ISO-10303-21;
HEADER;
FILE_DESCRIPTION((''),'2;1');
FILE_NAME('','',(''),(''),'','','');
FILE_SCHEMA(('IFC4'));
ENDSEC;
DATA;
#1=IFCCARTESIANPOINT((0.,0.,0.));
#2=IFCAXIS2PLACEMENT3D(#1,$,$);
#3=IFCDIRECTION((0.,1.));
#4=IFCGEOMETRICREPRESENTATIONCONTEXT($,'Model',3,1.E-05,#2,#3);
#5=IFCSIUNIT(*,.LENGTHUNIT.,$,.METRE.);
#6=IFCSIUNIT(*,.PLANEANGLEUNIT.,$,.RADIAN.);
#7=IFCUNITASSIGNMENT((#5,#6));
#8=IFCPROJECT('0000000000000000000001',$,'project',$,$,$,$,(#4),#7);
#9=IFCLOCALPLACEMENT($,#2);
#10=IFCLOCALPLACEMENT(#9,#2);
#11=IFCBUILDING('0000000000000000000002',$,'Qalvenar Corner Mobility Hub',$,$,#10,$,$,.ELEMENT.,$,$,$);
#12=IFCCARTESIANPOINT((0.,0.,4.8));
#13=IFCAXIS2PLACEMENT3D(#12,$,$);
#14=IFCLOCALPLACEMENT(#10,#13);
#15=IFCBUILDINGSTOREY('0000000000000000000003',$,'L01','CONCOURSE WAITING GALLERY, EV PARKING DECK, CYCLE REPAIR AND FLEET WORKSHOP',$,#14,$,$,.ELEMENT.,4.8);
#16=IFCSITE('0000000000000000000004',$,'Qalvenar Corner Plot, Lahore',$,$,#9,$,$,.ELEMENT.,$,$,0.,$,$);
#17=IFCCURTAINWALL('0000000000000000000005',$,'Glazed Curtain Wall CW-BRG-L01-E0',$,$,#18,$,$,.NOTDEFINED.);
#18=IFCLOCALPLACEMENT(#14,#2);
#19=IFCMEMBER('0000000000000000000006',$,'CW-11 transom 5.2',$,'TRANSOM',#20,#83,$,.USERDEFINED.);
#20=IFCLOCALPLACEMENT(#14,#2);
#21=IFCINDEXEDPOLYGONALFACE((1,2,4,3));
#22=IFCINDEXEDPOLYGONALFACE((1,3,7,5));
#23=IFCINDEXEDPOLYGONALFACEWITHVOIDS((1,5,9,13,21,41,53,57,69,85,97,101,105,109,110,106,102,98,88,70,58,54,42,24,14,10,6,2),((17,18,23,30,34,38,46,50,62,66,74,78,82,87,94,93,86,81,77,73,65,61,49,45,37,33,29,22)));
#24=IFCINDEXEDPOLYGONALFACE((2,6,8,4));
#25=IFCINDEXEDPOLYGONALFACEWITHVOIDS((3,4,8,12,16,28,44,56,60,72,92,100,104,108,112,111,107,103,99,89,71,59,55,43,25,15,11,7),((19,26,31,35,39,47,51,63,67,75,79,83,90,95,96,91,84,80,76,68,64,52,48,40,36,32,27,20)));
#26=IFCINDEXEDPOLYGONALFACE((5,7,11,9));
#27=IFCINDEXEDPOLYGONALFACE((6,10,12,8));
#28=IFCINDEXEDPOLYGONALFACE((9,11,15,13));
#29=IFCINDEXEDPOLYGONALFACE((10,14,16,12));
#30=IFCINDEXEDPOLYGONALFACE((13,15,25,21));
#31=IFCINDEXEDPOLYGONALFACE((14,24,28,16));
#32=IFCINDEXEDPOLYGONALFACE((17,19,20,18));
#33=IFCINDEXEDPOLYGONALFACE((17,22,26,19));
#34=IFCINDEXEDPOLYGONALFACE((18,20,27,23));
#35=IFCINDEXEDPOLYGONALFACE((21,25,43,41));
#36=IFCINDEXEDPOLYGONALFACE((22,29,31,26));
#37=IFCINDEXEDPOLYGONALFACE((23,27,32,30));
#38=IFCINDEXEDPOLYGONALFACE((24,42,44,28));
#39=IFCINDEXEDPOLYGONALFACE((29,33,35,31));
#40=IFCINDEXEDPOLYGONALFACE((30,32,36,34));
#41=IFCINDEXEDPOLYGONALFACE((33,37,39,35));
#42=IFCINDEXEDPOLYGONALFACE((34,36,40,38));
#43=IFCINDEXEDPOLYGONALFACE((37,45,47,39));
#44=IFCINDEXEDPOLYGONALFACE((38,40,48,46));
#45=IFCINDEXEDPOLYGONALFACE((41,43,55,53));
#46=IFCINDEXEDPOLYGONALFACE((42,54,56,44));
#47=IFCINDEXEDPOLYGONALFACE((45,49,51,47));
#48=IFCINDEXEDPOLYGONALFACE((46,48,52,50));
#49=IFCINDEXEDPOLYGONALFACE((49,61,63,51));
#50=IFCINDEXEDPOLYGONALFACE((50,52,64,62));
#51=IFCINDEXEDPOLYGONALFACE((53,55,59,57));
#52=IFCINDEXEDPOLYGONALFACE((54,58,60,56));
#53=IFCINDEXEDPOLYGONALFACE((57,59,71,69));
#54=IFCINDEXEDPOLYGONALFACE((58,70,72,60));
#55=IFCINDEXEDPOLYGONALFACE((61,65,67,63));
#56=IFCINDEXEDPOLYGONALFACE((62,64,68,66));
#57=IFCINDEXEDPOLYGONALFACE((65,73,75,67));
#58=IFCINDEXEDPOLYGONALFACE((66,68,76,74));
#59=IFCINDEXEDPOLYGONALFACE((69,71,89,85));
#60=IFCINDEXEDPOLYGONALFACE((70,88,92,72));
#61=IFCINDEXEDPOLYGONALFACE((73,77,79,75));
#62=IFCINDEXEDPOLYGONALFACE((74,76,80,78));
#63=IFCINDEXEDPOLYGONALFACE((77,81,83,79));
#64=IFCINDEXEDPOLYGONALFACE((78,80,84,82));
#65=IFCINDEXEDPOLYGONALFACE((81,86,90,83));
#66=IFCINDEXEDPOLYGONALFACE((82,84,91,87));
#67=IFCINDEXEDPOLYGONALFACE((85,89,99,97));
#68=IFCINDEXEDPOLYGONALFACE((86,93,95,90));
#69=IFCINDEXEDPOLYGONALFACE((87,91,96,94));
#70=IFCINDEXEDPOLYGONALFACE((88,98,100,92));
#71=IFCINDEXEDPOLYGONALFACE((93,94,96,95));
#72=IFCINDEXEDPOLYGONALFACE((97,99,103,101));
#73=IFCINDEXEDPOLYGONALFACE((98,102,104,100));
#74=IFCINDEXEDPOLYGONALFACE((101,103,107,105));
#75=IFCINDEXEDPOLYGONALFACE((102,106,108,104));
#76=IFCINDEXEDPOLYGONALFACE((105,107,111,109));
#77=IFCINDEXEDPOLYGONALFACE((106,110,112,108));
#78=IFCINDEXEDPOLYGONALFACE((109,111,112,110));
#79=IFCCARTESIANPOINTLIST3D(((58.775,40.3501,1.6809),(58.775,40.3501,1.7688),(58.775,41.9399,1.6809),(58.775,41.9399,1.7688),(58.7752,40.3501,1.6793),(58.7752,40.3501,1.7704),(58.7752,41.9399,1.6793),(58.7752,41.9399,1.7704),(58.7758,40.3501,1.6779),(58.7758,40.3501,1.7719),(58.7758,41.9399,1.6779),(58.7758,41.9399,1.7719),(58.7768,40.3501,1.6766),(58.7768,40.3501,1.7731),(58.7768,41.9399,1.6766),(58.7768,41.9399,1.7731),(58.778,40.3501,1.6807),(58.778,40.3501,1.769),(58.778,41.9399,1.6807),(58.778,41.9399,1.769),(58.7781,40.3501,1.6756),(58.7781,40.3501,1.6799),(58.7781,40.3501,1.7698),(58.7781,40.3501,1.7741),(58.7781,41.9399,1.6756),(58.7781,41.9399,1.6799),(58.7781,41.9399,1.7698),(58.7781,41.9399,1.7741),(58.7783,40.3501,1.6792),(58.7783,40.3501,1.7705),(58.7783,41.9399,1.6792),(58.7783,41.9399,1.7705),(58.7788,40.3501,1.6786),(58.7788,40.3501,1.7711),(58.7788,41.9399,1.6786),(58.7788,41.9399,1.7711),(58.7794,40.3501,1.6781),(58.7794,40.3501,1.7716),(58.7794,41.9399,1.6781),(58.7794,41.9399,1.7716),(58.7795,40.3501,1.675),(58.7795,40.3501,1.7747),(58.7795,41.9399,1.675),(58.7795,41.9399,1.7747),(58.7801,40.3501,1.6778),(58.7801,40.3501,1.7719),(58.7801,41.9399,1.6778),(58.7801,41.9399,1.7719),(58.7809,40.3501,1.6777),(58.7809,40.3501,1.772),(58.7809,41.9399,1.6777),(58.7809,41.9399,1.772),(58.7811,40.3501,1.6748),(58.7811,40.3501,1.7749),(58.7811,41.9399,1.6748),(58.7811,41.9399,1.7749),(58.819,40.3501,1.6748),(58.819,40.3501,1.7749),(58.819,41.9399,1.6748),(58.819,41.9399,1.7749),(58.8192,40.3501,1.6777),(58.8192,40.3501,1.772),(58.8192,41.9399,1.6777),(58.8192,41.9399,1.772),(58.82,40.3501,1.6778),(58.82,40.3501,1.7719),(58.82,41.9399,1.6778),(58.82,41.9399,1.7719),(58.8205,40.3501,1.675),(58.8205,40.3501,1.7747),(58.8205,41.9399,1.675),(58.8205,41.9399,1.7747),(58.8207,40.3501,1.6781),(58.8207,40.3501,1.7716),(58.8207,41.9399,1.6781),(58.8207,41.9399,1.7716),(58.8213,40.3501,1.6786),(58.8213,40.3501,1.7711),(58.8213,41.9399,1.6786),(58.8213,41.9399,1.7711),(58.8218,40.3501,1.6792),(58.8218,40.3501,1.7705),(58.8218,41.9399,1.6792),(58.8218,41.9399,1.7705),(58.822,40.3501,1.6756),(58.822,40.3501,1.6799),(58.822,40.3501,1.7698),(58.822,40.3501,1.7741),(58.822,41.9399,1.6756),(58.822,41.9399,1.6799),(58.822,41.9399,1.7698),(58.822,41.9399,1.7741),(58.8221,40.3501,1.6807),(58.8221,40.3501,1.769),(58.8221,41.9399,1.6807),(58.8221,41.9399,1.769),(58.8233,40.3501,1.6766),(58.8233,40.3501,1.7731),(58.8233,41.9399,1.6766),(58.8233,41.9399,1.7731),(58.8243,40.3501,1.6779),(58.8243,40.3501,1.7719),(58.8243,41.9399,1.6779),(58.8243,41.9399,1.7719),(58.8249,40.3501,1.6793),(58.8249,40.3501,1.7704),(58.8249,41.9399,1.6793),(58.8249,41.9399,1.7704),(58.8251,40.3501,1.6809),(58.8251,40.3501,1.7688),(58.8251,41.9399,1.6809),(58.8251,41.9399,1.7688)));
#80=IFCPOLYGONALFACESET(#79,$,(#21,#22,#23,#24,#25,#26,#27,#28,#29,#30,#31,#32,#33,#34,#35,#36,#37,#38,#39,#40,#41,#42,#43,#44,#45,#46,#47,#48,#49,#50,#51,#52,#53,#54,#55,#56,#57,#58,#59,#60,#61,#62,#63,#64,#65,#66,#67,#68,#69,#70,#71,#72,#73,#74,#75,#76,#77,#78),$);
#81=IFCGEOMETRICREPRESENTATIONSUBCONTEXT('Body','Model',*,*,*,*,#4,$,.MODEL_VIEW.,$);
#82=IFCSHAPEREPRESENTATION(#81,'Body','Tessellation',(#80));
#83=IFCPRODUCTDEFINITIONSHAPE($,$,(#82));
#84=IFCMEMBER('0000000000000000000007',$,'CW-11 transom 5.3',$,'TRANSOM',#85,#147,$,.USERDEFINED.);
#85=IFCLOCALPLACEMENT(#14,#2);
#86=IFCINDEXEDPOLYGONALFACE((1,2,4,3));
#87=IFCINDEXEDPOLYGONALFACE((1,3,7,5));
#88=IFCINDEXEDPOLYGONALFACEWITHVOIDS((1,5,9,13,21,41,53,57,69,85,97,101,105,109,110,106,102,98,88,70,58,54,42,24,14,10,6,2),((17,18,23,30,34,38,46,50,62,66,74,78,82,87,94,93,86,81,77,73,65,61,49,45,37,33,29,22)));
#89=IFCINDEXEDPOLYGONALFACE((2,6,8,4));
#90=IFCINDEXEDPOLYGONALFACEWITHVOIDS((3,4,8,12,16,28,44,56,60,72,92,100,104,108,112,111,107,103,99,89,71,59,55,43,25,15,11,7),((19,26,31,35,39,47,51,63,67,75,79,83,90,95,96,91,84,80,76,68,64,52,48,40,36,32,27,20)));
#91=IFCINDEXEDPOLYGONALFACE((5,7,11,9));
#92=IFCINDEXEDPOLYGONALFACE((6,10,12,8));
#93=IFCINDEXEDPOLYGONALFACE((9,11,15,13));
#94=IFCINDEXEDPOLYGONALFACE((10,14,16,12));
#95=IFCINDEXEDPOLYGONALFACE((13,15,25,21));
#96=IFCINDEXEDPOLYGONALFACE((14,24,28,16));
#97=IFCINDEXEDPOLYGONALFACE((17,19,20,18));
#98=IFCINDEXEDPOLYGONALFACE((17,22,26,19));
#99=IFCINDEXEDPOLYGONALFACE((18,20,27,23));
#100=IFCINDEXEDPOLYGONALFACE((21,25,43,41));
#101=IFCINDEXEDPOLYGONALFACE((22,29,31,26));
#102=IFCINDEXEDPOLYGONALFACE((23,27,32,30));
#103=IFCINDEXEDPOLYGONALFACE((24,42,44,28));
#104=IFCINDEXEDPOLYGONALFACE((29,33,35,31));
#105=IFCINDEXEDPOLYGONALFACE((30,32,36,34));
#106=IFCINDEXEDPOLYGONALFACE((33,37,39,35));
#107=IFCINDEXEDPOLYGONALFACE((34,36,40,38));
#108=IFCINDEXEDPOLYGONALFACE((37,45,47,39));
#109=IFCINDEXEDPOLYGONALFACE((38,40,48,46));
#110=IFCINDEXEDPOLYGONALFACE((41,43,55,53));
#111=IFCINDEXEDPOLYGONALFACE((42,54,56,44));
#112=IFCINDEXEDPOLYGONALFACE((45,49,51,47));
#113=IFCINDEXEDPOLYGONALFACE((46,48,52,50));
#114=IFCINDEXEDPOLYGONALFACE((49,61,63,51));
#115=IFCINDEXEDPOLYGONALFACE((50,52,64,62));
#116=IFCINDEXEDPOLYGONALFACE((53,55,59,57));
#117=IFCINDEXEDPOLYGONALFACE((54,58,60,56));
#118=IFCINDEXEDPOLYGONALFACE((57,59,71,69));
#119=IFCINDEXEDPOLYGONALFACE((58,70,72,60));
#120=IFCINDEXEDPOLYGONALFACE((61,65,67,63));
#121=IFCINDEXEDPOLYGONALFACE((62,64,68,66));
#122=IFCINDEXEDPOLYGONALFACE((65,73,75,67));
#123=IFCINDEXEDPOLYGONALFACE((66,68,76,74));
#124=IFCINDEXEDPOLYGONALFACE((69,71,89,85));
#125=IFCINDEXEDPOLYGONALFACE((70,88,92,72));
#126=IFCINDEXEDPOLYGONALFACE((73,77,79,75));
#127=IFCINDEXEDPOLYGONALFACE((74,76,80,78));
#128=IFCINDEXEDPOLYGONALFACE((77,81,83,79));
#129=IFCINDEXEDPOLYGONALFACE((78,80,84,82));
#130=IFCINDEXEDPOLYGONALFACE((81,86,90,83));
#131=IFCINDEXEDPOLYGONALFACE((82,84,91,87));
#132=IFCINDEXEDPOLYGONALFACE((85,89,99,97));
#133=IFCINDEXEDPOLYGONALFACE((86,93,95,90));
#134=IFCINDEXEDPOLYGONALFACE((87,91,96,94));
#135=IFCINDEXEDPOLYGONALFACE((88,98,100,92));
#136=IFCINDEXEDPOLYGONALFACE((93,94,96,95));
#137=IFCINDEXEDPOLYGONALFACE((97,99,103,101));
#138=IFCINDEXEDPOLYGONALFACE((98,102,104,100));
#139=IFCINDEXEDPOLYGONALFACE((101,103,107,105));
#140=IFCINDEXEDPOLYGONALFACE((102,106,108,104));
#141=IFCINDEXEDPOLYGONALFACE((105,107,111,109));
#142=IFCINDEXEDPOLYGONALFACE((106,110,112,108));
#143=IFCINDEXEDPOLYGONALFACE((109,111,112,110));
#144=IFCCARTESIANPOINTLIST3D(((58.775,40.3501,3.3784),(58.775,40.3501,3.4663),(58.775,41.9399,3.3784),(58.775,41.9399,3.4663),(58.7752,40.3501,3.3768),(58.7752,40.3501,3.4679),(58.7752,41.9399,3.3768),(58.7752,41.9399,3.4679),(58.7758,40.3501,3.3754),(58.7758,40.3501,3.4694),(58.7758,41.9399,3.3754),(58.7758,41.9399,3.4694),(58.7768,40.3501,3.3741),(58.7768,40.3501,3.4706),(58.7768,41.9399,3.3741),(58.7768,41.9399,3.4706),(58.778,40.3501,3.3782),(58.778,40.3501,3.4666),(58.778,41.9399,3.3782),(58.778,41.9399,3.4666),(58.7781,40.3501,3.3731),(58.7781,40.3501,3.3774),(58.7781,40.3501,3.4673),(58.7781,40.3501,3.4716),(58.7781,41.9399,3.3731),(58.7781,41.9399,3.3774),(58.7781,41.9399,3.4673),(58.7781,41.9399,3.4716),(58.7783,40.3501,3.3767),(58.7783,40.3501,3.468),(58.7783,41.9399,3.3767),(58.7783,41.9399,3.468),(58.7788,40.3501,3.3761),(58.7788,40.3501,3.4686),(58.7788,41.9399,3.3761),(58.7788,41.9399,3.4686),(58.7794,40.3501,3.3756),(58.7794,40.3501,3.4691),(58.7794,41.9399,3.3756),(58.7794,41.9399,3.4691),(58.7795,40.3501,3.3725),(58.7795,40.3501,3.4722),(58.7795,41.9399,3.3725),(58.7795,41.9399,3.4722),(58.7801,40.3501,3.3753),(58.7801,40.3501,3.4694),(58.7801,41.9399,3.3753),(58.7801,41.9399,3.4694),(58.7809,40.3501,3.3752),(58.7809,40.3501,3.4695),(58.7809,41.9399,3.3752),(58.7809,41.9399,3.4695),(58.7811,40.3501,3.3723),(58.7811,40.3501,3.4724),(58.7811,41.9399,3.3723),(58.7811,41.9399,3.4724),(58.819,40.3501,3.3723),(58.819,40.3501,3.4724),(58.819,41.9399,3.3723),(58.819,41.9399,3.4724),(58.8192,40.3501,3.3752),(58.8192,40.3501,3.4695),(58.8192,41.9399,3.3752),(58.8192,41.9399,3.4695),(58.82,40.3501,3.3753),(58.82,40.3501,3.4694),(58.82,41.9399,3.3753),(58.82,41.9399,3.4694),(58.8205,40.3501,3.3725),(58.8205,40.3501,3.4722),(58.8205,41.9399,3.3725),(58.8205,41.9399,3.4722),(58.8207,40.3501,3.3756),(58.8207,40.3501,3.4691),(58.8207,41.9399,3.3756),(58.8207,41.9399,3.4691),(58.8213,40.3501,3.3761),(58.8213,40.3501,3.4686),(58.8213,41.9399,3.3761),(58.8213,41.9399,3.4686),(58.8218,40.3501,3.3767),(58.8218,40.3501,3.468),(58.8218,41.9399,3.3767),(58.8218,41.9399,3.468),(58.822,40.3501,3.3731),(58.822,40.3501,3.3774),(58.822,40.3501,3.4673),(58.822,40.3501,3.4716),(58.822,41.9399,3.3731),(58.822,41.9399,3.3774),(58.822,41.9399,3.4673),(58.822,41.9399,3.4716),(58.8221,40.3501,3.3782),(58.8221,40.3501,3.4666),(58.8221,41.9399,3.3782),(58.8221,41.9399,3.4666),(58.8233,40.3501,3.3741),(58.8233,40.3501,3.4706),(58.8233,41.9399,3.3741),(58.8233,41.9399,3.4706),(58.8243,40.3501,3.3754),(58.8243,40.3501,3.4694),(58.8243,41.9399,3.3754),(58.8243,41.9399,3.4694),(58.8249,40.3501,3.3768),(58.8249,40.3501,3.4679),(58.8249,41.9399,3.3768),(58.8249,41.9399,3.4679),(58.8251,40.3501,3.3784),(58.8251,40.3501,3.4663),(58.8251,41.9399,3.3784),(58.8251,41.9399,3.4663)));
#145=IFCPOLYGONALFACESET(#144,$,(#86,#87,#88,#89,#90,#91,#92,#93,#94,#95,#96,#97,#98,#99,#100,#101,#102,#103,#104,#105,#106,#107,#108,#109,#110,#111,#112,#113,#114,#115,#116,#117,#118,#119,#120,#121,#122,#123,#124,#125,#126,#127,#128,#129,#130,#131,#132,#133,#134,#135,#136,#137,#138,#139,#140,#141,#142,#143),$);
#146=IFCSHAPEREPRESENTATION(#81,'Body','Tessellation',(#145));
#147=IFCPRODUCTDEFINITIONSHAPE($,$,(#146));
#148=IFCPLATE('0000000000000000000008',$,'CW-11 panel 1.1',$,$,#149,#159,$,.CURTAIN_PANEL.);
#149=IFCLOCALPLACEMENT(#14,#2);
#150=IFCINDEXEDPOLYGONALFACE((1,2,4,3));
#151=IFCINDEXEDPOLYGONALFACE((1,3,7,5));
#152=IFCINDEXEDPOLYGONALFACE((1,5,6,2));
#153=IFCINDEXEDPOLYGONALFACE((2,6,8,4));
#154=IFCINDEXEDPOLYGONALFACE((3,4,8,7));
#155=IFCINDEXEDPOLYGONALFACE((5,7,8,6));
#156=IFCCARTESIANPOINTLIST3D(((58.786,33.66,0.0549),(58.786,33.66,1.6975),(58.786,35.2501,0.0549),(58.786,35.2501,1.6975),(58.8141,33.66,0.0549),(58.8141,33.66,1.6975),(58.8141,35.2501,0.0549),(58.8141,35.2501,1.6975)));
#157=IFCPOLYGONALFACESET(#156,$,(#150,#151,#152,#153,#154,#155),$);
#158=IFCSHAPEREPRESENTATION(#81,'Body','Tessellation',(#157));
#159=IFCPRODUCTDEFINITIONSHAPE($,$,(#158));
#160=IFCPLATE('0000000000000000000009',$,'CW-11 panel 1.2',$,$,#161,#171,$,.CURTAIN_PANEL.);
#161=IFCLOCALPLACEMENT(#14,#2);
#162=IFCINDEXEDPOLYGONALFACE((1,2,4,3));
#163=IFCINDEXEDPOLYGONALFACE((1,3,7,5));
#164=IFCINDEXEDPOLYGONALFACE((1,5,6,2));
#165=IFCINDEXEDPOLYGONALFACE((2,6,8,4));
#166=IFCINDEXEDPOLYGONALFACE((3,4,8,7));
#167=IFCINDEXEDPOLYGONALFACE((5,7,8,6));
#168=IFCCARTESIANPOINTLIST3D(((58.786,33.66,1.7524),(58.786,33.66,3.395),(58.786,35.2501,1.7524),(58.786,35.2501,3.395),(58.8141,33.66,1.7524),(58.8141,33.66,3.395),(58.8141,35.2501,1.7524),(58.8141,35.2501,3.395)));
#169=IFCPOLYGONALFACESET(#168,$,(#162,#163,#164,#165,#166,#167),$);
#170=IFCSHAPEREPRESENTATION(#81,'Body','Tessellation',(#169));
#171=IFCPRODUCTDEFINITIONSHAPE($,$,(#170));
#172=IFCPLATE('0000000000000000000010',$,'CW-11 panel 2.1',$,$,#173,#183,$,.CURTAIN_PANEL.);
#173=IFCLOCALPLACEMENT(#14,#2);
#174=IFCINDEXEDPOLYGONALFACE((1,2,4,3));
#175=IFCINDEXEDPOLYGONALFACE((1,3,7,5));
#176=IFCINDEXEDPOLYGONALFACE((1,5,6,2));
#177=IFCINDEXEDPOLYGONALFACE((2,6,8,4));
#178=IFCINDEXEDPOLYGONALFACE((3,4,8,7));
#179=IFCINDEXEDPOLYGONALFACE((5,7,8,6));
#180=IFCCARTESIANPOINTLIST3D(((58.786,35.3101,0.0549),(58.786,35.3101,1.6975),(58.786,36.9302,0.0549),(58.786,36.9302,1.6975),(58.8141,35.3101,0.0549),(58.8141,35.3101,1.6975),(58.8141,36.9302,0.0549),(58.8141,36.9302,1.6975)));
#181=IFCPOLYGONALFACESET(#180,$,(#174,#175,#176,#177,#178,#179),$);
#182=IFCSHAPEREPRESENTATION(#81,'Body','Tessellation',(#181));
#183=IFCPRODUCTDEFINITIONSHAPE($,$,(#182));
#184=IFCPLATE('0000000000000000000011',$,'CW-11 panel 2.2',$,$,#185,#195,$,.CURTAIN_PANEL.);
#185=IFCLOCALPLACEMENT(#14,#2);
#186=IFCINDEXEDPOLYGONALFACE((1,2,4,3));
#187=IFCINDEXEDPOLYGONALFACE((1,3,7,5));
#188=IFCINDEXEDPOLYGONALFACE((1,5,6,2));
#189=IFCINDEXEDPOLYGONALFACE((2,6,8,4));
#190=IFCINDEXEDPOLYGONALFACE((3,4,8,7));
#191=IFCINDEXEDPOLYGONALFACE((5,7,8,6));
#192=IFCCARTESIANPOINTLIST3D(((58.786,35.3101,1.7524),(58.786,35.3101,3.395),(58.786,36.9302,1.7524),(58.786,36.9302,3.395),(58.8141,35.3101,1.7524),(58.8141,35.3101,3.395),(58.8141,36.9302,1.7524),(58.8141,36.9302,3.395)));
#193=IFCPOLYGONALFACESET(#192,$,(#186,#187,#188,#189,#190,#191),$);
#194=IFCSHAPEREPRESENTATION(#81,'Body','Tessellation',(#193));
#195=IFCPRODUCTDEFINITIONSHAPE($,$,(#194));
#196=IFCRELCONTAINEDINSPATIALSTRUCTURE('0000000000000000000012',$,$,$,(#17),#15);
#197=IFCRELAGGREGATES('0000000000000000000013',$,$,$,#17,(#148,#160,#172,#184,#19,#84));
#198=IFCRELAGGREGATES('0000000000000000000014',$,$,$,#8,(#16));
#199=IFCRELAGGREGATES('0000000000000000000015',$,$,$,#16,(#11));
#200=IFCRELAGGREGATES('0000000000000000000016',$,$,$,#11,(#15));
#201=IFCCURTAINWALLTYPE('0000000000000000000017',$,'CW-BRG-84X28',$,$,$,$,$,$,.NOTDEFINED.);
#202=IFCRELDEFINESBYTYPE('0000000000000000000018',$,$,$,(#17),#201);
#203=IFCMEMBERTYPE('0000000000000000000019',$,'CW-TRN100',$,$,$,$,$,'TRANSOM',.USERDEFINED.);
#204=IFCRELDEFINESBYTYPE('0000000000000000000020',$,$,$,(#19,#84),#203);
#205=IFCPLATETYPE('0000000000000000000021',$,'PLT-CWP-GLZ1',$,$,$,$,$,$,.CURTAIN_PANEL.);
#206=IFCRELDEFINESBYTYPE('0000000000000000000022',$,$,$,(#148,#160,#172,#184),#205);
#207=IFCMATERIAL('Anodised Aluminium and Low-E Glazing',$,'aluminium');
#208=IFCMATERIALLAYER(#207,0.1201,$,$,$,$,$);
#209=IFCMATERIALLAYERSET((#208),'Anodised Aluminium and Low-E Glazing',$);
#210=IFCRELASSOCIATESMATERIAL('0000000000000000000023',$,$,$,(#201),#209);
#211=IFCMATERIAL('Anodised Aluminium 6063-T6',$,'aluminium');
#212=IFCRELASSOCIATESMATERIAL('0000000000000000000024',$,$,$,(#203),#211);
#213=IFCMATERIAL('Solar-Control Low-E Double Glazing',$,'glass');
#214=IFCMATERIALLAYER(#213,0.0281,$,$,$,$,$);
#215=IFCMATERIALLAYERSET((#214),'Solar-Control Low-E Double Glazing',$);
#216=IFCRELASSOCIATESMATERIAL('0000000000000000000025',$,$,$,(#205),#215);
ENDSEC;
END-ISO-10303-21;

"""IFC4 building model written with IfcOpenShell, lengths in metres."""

from ifc_helpers import new_model, si_unit, direction, frame, origin, origin_2d, place, context, subcontext, project, spatial, rectangle, hollow_rectangle, extrude, material, layer, layer_set, material_profile, profile_set, type_object, element, aggregate, save


model = new_model("IFC4")

# Units and contexts
model_context = context("Model", 3, precision=1e-05, world=origin(), true_north=direction((0.0, 1.0)))
body_context = subcontext(model_context, "Body", "Model", "MODEL_VIEW")
ifc_project = project(units=[si_unit("LENGTHUNIT", "METRE"), si_unit("PLANEANGLEUNIT", "RADIAN")], contexts=[model_context])

# Site, building, storey
site_placement = place(None, origin())
site = spatial("IfcSite", under=ifc_project, at=site_placement, Name="Qalvenar Corner Plot, Lahore", CompositionType="ELEMENT", RefElevation=0.0)
building_placement = place(site_placement, origin())
building = spatial("IfcBuilding", under=site, at=building_placement, Name="Qalvenar Corner Mobility Hub", CompositionType="ELEMENT")
storey_placement = place(building_placement, frame((0.0, 0.0, 4.8)))
storey = spatial("IfcBuildingStorey", under=building, at=storey_placement, Name="L01", Description="CONCOURSE WAITING GALLERY, EV PARKING DECK, CYCLE REPAIR AND FLEET WORKSHOP", CompositionType="ELEMENT", Elevation=4.8)

# Curtain wall, members, plates
ifc_material_1 = material(Name="Anodised Aluminium and Low-E Glazing", Category="aluminium")
ifc_layer_1 = layer(ifc_material_1, 0.1201)
ifc_layer_set_1 = layer_set([ifc_layer_1], Name="Anodised Aluminium and Low-E Glazing")
curtain_wall_type = type_object("IfcCurtainWallType", Name="CW-BRG-84X28", PredefinedType="NOTDEFINED", material=ifc_layer_set_1)
curtain_wall_placement = place(storey_placement, origin())
curtain_wall = element("IfcCurtainWall", 1, at=curtain_wall_placement, inside=storey, type_object=curtain_wall_type, Name="Glazed Curtain Wall CW-BRG-L01-E0", PredefinedType="NOTDEFINED")
ifc_material_2 = material(Name="Anodised Aluminium 6063-T6", Category="aluminium")
ifc_material_profile_1 = material_profile(ifc_material_2, hollow_rectangle(XDim=0.05, YDim=0.1001, WallThickness=0.0029, InnerFilletRadius=0.0029, OuterFilletRadius=0.0061, at=origin_2d()), Name="RHS100x50x3")
ifc_profile_set_1 = profile_set([ifc_material_profile_1], Name="Anodised Aluminium 6063-T6")
member_type_1 = type_object("IfcMemberType", Name="CW-TRN100", ElementType="TRANSOM", PredefinedType="USERDEFINED", material=ifc_profile_set_1)
member_1_placement = place(storey_placement, frame((58.8, 40.3501, 1.7249), z_axis=(0.0, 1.0, 0.0), x_axis=(-1.0, 0.0, 0.0)))
member_1 = element("IfcMember", 2, at=member_1_placement, type_object=member_type_1, Name="CW-11 transom 5.2", ObjectType="TRANSOM", PredefinedType="USERDEFINED", context=body_context, shape_type="SweptSolid", body=[
    extrude(hollow_rectangle(XDim=0.05, YDim=0.1001, WallThickness=0.0029, InnerFilletRadius=0.0029, OuterFilletRadius=0.0061, at=origin_2d()), origin(), (0.0, 0.0, 1.0), 1.5898),
])
member_2_placement = place(storey_placement, frame((58.8, 40.3501, 3.4224), z_axis=(0.0, 1.0, 0.0), x_axis=(-1.0, 0.0, 0.0)))
member_2 = element("IfcMember", 3, at=member_2_placement, type_object=member_type_1, Name="CW-11 transom 5.3", ObjectType="TRANSOM", PredefinedType="USERDEFINED", context=body_context, shape_type="SweptSolid", body=[
    extrude(hollow_rectangle(XDim=0.05, YDim=0.1001, WallThickness=0.0029, InnerFilletRadius=0.0029, OuterFilletRadius=0.0061, at=origin_2d()), origin(), (0.0, 0.0, 1.0), 1.5898),
])
ifc_material_3 = material(Name="Solar-Control Low-E Double Glazing", Category="glass")
ifc_layer_2 = layer(ifc_material_3, 0.0281)
ifc_layer_set_2 = layer_set([ifc_layer_2], Name="Solar-Control Low-E Double Glazing")
plate_type = type_object("IfcPlateType", Name="PLT-CWP-GLZ1", PredefinedType="CURTAIN_PANEL", material=ifc_layer_set_2)
plate_1_placement = place(storey_placement, frame((58.8, 34.4551, 0.0549), z_axis=(0.0, 0.0, 1.0), x_axis=(0.0, 1.0, 0.0)))
plate_1 = element("IfcPlate", 4, at=plate_1_placement, type_object=plate_type, Name="CW-11 panel 1.1", PredefinedType="CURTAIN_PANEL", context=body_context, shape_type="SweptSolid", body=[
    extrude(rectangle(XDim=1.5901, YDim=0.0281, at=origin_2d()), origin(), (0.0, 0.0, 1.0), 1.6426),
])
plate_2_placement = place(storey_placement, frame((58.8, 34.4551, 1.7524), z_axis=(0.0, 0.0, 1.0), x_axis=(0.0, 1.0, 0.0)))
plate_2 = element("IfcPlate", 5, at=plate_2_placement, type_object=plate_type, Name="CW-11 panel 1.2", PredefinedType="CURTAIN_PANEL", context=body_context, shape_type="SweptSolid", body=[
    extrude(rectangle(XDim=1.5901, YDim=0.0281, at=origin_2d()), origin(), (0.0, 0.0, 1.0), 1.6426),
])
plate_3_placement = place(storey_placement, frame((58.8, 36.1201, 0.0549), z_axis=(0.0, 0.0, 1.0), x_axis=(0.0, 1.0, 0.0)))
plate_3 = element("IfcPlate", 6, at=plate_3_placement, type_object=plate_type, Name="CW-11 panel 2.1", PredefinedType="CURTAIN_PANEL", context=body_context, shape_type="SweptSolid", body=[
    extrude(rectangle(XDim=1.6201, YDim=0.0281, at=origin_2d()), origin(), (0.0, 0.0, 1.0), 1.6426),
])
plate_4_placement = place(storey_placement, frame((58.8, 36.1201, 1.7524), z_axis=(0.0, 0.0, 1.0), x_axis=(0.0, 1.0, 0.0)))
plate_4 = element("IfcPlate", 7, at=plate_4_placement, type_object=plate_type, Name="CW-11 panel 2.2", PredefinedType="CURTAIN_PANEL", context=body_context, shape_type="SweptSolid", body=[
    extrude(rectangle(XDim=1.6201, YDim=0.0281, at=origin_2d()), origin(), (0.0, 0.0, 1.0), 1.6426),
])
aggregate(curtain_wall, [plate_1, plate_2, plate_3, plate_4, member_1, member_2])

save(model, "model.ifc")
